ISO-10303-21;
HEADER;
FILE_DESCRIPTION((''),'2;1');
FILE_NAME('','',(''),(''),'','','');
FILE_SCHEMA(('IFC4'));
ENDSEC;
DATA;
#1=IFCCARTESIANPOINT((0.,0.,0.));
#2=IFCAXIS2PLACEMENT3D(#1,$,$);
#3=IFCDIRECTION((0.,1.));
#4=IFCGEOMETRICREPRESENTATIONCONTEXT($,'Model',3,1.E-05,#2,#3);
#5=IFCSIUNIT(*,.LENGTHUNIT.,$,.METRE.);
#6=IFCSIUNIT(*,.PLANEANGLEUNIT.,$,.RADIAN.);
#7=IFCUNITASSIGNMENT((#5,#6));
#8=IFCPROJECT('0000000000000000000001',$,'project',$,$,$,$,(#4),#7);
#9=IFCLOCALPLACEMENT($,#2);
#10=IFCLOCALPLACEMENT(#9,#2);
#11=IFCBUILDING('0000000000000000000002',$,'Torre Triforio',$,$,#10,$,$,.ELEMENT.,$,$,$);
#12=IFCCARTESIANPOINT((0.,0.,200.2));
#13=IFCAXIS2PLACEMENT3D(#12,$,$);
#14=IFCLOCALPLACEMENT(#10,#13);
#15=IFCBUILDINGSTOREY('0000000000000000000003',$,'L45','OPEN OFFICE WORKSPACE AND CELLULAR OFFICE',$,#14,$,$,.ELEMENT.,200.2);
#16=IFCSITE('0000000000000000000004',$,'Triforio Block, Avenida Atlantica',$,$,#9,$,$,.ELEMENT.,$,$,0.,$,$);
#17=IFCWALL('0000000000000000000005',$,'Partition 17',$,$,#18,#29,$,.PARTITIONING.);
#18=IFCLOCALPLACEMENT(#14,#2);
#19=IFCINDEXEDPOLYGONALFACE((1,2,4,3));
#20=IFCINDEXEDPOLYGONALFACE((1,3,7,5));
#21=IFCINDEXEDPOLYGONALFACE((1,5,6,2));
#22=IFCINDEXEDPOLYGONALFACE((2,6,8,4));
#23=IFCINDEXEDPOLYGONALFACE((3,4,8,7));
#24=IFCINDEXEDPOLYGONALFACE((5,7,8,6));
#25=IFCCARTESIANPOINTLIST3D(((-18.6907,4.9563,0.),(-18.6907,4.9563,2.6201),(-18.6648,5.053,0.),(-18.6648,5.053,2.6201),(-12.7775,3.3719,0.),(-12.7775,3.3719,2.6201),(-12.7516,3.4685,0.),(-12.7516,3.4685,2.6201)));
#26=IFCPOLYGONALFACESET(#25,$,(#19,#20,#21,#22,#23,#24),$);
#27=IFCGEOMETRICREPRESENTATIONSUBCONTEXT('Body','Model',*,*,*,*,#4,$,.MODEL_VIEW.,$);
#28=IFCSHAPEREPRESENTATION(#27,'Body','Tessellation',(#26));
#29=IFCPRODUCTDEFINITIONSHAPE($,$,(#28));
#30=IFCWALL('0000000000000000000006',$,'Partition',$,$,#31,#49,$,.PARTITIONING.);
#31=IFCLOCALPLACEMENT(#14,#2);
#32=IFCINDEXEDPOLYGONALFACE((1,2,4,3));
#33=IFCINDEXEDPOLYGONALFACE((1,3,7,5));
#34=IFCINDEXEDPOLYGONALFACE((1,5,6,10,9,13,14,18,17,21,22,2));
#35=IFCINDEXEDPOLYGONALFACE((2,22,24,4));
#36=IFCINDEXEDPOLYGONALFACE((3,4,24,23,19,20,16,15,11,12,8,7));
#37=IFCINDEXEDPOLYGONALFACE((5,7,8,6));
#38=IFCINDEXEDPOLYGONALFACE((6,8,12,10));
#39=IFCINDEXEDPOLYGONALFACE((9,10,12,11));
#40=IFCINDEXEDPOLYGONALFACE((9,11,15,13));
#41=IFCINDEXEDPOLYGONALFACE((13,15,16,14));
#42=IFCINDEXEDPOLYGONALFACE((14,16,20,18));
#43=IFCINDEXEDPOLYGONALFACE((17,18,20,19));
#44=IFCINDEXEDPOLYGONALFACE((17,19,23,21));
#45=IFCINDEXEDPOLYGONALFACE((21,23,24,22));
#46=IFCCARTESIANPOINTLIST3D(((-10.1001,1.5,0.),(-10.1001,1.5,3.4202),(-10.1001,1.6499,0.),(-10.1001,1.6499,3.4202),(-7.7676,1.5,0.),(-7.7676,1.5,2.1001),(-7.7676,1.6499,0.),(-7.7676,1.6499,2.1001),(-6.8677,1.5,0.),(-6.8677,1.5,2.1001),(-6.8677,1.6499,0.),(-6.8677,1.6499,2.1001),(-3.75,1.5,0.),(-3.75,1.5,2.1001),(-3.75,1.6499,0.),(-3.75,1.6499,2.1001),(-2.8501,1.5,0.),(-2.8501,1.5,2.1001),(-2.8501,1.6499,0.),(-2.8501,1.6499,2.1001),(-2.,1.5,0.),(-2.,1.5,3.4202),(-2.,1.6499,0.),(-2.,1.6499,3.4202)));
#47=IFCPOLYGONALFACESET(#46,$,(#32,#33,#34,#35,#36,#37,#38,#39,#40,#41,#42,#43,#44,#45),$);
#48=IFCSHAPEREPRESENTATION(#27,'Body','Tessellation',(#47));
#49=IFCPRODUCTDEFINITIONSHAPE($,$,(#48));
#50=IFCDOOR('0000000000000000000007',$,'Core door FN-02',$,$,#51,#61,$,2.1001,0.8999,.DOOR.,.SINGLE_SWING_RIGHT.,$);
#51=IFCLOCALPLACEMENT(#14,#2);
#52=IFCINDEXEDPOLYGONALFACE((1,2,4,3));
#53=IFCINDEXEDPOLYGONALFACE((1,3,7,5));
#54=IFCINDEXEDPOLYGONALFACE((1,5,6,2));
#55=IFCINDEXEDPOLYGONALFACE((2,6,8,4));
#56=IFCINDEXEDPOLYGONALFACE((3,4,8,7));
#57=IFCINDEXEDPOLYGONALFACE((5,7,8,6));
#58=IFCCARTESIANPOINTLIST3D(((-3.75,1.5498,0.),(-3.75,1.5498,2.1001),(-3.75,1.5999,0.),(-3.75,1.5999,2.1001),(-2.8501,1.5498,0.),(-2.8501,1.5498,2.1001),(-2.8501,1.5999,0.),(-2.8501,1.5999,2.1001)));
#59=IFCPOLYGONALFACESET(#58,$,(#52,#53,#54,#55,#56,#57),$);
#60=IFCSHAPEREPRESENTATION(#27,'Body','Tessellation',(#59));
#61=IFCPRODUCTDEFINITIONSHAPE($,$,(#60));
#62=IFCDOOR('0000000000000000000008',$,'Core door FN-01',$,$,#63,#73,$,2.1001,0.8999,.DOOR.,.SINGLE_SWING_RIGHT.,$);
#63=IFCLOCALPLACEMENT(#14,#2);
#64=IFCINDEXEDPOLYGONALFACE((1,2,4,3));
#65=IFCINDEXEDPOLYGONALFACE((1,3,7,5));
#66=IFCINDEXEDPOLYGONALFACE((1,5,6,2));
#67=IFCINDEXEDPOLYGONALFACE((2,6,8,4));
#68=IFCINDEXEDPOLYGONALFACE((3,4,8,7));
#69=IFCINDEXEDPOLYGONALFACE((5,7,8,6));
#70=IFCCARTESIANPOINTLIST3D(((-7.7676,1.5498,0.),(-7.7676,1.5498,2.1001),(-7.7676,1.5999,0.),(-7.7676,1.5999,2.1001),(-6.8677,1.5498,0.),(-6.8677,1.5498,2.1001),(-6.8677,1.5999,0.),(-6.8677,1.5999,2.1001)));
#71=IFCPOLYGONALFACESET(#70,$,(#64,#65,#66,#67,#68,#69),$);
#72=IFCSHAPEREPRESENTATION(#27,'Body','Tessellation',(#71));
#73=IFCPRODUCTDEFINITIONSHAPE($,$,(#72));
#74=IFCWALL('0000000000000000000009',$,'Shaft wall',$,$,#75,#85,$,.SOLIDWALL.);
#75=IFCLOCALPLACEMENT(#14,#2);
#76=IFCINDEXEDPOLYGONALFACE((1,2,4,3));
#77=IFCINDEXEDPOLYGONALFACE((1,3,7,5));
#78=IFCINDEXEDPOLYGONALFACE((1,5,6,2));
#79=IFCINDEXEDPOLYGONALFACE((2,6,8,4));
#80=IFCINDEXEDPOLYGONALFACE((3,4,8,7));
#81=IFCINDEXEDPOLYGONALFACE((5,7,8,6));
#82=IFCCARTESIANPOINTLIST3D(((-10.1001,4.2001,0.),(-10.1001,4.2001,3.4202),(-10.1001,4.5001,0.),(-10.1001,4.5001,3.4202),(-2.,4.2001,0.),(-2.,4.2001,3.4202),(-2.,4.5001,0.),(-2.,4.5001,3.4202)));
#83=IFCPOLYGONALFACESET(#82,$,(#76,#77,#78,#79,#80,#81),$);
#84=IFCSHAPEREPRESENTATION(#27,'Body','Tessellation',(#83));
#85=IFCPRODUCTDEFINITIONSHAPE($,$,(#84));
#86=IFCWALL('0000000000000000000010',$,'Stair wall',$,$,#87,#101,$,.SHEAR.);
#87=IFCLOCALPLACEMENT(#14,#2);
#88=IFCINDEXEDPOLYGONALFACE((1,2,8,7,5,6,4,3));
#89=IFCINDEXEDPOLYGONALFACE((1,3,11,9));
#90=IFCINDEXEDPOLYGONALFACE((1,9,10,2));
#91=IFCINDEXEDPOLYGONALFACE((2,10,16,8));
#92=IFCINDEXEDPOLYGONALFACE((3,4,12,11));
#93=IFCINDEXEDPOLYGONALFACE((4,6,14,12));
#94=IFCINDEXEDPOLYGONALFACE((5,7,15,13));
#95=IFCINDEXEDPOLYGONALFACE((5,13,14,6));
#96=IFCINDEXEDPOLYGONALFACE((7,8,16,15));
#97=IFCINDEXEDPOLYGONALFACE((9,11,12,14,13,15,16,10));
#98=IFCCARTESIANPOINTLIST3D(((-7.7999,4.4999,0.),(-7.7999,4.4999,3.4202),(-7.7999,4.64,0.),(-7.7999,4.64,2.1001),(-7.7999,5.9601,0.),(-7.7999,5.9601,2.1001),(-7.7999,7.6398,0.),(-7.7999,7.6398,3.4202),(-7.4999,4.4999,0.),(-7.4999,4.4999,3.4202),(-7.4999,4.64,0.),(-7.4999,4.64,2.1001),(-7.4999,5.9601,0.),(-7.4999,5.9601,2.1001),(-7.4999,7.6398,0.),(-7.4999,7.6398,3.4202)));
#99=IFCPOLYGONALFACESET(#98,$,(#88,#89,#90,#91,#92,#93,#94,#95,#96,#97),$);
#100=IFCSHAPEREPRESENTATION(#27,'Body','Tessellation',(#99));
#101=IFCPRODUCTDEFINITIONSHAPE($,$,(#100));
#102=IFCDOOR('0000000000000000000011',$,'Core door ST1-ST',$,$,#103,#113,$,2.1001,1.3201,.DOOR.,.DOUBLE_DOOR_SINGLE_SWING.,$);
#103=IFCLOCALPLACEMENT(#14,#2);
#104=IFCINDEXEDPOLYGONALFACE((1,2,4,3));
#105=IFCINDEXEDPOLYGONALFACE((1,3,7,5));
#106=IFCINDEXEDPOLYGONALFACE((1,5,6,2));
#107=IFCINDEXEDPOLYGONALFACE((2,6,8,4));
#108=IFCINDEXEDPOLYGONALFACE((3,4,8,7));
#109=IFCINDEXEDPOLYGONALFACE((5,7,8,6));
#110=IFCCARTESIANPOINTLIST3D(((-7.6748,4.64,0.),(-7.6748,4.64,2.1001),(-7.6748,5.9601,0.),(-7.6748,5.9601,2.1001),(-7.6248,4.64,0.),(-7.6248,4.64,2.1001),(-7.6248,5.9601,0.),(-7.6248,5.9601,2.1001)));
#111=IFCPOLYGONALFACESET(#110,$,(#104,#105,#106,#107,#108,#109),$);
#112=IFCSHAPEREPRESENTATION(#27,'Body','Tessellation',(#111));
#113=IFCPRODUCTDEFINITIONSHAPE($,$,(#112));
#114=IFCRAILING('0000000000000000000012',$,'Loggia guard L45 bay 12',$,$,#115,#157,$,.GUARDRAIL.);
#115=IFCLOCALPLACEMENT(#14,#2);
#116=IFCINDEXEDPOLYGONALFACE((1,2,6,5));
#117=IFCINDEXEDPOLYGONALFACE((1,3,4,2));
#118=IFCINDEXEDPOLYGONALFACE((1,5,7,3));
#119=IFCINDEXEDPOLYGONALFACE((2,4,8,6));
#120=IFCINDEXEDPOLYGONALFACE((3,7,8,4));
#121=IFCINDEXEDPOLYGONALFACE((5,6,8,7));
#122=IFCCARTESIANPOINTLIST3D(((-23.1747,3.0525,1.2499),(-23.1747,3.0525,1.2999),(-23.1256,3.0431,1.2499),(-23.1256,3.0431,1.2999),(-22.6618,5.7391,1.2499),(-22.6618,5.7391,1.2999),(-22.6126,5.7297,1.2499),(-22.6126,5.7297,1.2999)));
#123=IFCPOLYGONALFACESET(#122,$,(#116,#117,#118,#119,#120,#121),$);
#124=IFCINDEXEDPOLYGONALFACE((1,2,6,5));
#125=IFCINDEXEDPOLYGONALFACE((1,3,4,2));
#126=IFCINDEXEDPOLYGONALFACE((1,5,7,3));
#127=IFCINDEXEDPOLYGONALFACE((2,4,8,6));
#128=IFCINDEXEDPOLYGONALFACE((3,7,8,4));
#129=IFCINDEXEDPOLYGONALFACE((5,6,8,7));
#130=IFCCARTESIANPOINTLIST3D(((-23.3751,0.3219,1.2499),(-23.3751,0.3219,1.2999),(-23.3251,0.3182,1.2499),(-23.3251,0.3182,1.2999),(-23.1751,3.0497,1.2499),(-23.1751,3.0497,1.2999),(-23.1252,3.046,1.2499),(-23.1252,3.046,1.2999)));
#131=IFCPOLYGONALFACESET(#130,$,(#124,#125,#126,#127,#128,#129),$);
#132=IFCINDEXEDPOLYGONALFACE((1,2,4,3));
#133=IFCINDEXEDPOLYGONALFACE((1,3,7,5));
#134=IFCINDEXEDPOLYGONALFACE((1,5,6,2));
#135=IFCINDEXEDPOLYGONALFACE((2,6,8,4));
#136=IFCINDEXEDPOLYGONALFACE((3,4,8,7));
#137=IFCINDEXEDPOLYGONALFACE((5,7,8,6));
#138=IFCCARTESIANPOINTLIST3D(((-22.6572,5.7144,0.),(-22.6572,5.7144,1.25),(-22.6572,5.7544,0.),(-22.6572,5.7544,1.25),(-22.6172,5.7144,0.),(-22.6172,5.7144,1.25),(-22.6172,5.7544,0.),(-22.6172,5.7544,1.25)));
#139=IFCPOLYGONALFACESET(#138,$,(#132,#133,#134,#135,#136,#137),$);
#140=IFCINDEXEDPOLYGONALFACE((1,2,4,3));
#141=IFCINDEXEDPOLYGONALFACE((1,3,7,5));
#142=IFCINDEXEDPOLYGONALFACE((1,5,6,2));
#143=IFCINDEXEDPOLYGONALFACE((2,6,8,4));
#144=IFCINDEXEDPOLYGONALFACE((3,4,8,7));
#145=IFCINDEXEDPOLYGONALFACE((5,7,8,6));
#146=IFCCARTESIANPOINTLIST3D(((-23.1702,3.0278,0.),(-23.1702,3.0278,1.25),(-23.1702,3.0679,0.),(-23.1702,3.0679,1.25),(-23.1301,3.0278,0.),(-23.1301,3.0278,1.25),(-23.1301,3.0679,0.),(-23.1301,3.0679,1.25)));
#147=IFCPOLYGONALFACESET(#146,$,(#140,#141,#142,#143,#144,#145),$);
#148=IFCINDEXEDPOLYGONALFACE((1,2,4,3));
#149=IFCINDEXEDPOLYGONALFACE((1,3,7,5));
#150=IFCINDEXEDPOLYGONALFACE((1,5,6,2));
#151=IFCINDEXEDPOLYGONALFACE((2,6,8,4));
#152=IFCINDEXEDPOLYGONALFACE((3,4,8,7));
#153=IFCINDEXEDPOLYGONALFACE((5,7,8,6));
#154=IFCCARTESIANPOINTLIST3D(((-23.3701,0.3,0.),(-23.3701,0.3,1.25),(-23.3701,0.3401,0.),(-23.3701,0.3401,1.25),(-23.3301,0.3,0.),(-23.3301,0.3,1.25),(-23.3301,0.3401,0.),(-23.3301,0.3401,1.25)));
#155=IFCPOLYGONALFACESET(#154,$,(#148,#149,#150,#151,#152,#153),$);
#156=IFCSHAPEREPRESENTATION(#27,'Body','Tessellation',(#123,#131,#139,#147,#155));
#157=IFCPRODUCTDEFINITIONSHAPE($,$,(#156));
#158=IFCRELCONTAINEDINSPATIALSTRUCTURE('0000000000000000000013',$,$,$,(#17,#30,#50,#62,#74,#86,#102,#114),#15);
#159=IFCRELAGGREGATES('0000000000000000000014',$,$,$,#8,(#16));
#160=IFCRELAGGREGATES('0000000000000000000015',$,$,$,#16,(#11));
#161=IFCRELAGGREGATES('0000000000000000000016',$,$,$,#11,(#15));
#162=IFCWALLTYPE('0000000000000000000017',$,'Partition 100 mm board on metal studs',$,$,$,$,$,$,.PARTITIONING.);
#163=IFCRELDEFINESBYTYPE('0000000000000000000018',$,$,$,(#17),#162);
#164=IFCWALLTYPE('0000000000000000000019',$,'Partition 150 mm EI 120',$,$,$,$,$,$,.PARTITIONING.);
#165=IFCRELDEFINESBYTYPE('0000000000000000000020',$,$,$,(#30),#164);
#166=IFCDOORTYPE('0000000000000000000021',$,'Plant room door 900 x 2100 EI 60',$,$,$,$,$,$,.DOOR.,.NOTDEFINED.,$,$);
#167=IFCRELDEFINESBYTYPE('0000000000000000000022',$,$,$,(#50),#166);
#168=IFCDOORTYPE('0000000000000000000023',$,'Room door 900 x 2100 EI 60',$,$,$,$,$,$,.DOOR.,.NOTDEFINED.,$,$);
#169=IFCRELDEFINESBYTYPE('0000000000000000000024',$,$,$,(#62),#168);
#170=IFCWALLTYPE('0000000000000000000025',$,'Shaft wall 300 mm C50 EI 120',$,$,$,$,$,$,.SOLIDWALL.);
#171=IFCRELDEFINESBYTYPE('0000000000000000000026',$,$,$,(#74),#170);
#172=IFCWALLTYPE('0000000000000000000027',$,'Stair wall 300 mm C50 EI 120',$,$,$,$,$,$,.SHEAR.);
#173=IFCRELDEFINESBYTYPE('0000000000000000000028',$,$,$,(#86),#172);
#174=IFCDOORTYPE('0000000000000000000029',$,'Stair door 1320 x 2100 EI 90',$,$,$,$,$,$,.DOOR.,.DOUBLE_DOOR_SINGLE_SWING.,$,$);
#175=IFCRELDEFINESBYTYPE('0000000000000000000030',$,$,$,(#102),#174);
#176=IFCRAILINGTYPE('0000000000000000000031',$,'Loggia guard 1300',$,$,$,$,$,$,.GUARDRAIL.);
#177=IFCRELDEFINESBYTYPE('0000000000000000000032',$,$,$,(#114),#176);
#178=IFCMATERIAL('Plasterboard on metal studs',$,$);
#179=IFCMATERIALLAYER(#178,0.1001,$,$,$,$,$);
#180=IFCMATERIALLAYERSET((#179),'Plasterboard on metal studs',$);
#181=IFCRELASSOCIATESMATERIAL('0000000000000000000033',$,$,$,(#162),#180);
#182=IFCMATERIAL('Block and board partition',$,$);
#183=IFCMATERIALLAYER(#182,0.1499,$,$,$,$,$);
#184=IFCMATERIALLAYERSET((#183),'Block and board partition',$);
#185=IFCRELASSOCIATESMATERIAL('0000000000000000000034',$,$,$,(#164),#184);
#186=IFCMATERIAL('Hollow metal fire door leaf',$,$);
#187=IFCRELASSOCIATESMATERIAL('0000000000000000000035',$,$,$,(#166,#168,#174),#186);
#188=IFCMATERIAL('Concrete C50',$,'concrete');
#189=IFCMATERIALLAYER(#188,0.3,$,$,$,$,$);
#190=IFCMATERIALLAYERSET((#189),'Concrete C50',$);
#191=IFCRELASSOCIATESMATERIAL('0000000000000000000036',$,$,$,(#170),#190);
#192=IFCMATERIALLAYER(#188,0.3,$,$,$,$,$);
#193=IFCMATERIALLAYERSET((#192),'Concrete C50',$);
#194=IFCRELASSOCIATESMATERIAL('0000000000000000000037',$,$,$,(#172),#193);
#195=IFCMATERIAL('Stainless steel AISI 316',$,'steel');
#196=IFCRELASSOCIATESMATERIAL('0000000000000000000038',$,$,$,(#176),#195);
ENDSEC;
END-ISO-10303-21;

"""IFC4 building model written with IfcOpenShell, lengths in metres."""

from ifc_helpers import new_model, si_unit, direction, frame, frame_2d, origin, origin_2d, place, context, subcontext, project, spatial, rectangle, extrude, material, layer, layer_set, type_object, element, fill, save


model = new_model("IFC4")

# Units and contexts
model_context = context("Model", 3, precision=1e-05, world=origin(), true_north=direction((0.0, 1.0)))
body_context = subcontext(model_context, "Body", "Model", "MODEL_VIEW")
ifc_project = project(units=[si_unit("LENGTHUNIT", "METRE"), si_unit("PLANEANGLEUNIT", "RADIAN")], contexts=[model_context])

# Site, building, storey
site_placement = place(None, origin())
site = spatial("IfcSite", under=ifc_project, at=site_placement, Name="Triforio Block, Avenida Atlantica", CompositionType="ELEMENT", RefElevation=0.0)
building_placement = place(site_placement, origin())
building = spatial("IfcBuilding", under=site, at=building_placement, Name="Torre Triforio", CompositionType="ELEMENT")
storey_placement = place(building_placement, frame((0.0, 0.0, 200.2)))
storey = spatial("IfcBuildingStorey", under=building, at=storey_placement, Name="L45", Description="OPEN OFFICE WORKSPACE AND CELLULAR OFFICE", CompositionType="ELEMENT", Elevation=200.2)

# Shared definitions
ifc_material_1 = material(Name="Concrete C50", Category="concrete")

# Shared definitions
ifc_material_2 = material(Name="Hollow metal fire door leaf")

# Shared definitions
ifc_material_3 = material(Name="Plasterboard on metal studs")

# Wall
ifc_layer_1 = layer(ifc_material_3, 0.1001)
ifc_layer_set_1 = layer_set([ifc_layer_1], Name="Plasterboard on metal studs")
wall_type_1 = type_object("IfcWallType", Name="Partition 100 mm board on metal studs", PredefinedType="PARTITIONING", material=ifc_layer_set_1)
wall_1_placement = place(storey_placement, frame((-12.7644, 3.4202, 0.0), z_axis=(0.0, 0.0, 1.0), x_axis=(-0.965926, 0.258819, 0.0)))
element("IfcWall", 1, at=wall_1_placement, inside=storey, type_object=wall_type_1, Name="Partition 17", PredefinedType="PARTITIONING", context=body_context, shape_type="SweptSolid", body=[
    extrude(rectangle(XDim=6.1218, YDim=0.1001, at=frame_2d((3.061, 0.0))), origin(), (0.0, 0.0, 1.0), 2.6201),
])

# Wall, openings, doors
ifc_material_4 = material(Name="Block and board partition")
ifc_layer_2 = layer(ifc_material_4, 0.1499)
ifc_layer_set_2 = layer_set([ifc_layer_2], Name="Block and board partition")
wall_type_2 = type_object("IfcWallType", Name="Partition 150 mm EI 120", PredefinedType="PARTITIONING", material=ifc_layer_set_2)
wall_2_placement = place(storey_placement, frame((-10.1001, 1.575, 0.0), z_axis=(0.0, 0.0, 1.0), x_axis=(1.0, 0.0, 0.0)))
wall_2 = element("IfcWall", 2, at=wall_2_placement, inside=storey, type_object=wall_type_2, Name="Partition", PredefinedType="PARTITIONING", context=body_context, shape_type="SweptSolid", body=[
    extrude(rectangle(XDim=8.1001, YDim=0.1499, at=frame_2d((4.05, 0.0))), origin(), (0.0, 0.0, 1.0), 3.4202),
])
opening_1_placement = place(wall_2_placement, frame((2.3325, 0.0, 0.0)))
opening_1 = element("IfcOpeningElement", 3, at=opening_1_placement, cuts=wall_2, PredefinedType="OPENING", context=body_context, shape_type="SweptSolid", body=[
    extrude(rectangle(XDim=0.8999, YDim=2.1001, at=frame_2d((0.45, 1.05))), frame((0.0, 0.085, 0.0), z_axis=(0.0, -1.0, 0.0), x_axis=(1.0, 0.0, 0.0)), (0.0, 0.0, 1.0), 0.1699),
])
opening_2_placement = place(wall_2_placement, frame((6.3501, 0.0, 0.0)))
opening_2 = element("IfcOpeningElement", 4, at=opening_2_placement, cuts=wall_2, PredefinedType="OPENING", context=body_context, shape_type="SweptSolid", body=[
    extrude(rectangle(XDim=0.8999, YDim=2.1001, at=frame_2d((0.45, 1.05))), frame((0.0, 0.085, 0.0), z_axis=(0.0, -1.0, 0.0), x_axis=(1.0, 0.0, 0.0)), (0.0, 0.0, 1.0), 0.1699),
])
door_type_1 = type_object("IfcDoorType", Name="Plant room door 900 x 2100 EI 60", OperationType="NOTDEFINED", PredefinedType="DOOR", material=ifc_material_2)
door_1_placement = place(opening_2_placement, origin())
door_1 = element("IfcDoor", 5, at=door_1_placement, inside=storey, type_object=door_type_1, Name="Core door FN-02", OperationType="SINGLE_SWING_RIGHT", OverallHeight=2.1001, OverallWidth=0.8999, PredefinedType="DOOR", context=body_context, shape_type="SweptSolid", body=[
    extrude(rectangle(XDim=0.8999, YDim=2.1001, at=frame_2d((0.45, 1.05))), frame((0.0, 0.0249, 0.0), z_axis=(0.0, -1.0, 0.0), x_axis=(1.0, 0.0, 0.0)), (0.0, 0.0, 1.0), 0.05),
])
fill(opening_2, door_1)
door_type_2 = type_object("IfcDoorType", Name="Room door 900 x 2100 EI 60", OperationType="NOTDEFINED", PredefinedType="DOOR", material=ifc_material_2)
door_2_placement = place(opening_1_placement, origin())
door_2 = element("IfcDoor", 6, at=door_2_placement, inside=storey, type_object=door_type_2, Name="Core door FN-01", OperationType="SINGLE_SWING_RIGHT", OverallHeight=2.1001, OverallWidth=0.8999, PredefinedType="DOOR", context=body_context, shape_type="SweptSolid", body=[
    extrude(rectangle(XDim=0.8999, YDim=2.1001, at=frame_2d((0.45, 1.05))), frame((0.0, 0.0249, 0.0), z_axis=(0.0, -1.0, 0.0), x_axis=(1.0, 0.0, 0.0)), (0.0, 0.0, 1.0), 0.05),
])
fill(opening_1, door_2)

# Wall
ifc_layer_3 = layer(ifc_material_1, 0.3)
ifc_layer_set_3 = layer_set([ifc_layer_3], Name="Concrete C50")
wall_type_3 = type_object("IfcWallType", Name="Shaft wall 300 mm C50 EI 120", PredefinedType="SOLIDWALL", material=ifc_layer_set_3)
wall_3_placement = place(storey_placement, frame((-10.1001, 4.3501, 0.0), z_axis=(0.0, 0.0, 1.0), x_axis=(1.0, 0.0, 0.0)))
element("IfcWall", 7, at=wall_3_placement, inside=storey, type_object=wall_type_3, Name="Shaft wall", PredefinedType="SOLIDWALL", context=body_context, shape_type="SweptSolid", body=[
    extrude(rectangle(XDim=8.1001, YDim=0.3, at=frame_2d((4.05, 0.0))), origin(), (0.0, 0.0, 1.0), 3.4202),
])

# Wall, opening, door
ifc_layer_4 = layer(ifc_material_1, 0.3)
ifc_layer_set_4 = layer_set([ifc_layer_4], Name="Concrete C50")
wall_type_4 = type_object("IfcWallType", Name="Stair wall 300 mm C50 EI 120", PredefinedType="SHEAR", material=ifc_layer_set_4)
wall_4_placement = place(storey_placement, frame((-7.6499, 4.5, 0.0), z_axis=(0.0, 0.0, 1.0), x_axis=(0.0, 1.0, 0.0)))
wall_4 = element("IfcWall", 8, at=wall_4_placement, inside=storey, type_object=wall_type_4, Name="Stair wall", PredefinedType="SHEAR", context=body_context, shape_type="SweptSolid", body=[
    extrude(rectangle(XDim=3.1399, YDim=0.3, at=frame_2d((1.5698, 0.0))), origin(), (0.0, 0.0, 1.0), 3.4202),
])
opening_3_placement = place(wall_4_placement, frame((0.1399, 0.0, 0.0)))
opening_3 = element("IfcOpeningElement", 9, at=opening_3_placement, cuts=wall_4, PredefinedType="OPENING", context=body_context, shape_type="SweptSolid", body=[
    extrude(rectangle(XDim=1.3201, YDim=2.1001, at=frame_2d((0.6602, 1.05))), frame((0.0, 0.1599, 0.0), z_axis=(0.0, -1.0, 0.0), x_axis=(1.0, 0.0, 0.0)), (0.0, 0.0, 1.0), 0.3201),
])
door_type_3 = type_object("IfcDoorType", Name="Stair door 1320 x 2100 EI 90", OperationType="DOUBLE_DOOR_SINGLE_SWING", PredefinedType="DOOR", material=ifc_material_2)
door_3_placement = place(opening_3_placement, origin())
door_3 = element("IfcDoor", 10, at=door_3_placement, inside=storey, type_object=door_type_3, Name="Core door ST1-ST", OperationType="DOUBLE_DOOR_SINGLE_SWING", OverallHeight=2.1001, OverallWidth=1.3201, PredefinedType="DOOR", context=body_context, shape_type="SweptSolid", body=[
    extrude(rectangle(XDim=1.3201, YDim=2.1001, at=frame_2d((0.6602, 1.05))), frame((0.0, 0.0249, 0.0), z_axis=(0.0, -1.0, 0.0), x_axis=(1.0, 0.0, 0.0)), (0.0, 0.0, 1.0), 0.05),
])
fill(opening_3, door_3)

# Railing
ifc_material_5 = material(Name="Stainless steel AISI 316", Category="steel")
railing_type = type_object("IfcRailingType", Name="Loggia guard 1300", PredefinedType="GUARDRAIL", material=ifc_material_5)
railing_placement = place(storey_placement, frame((-22.6372, 5.7344, 0.0)))
element("IfcRailing", 11, at=railing_placement, inside=storey, type_object=railing_type, Name="Loggia guard L45 bay 12", PredefinedType="GUARDRAIL", context=body_context, shape_type="SweptSolid", body=[
    extrude(rectangle(XDim=0.05, YDim=0.05, at=origin_2d()), frame((0.0, 0.0, 1.2749), z_axis=(-0.187543, -0.982256, 0.0), x_axis=(0.982256, -0.187543, 0.0)), (0.0, 0.0, 1.0), 2.7351),
    extrude(rectangle(XDim=0.05, YDim=0.05, at=origin_2d()), frame((-0.5129, -2.6865, 1.2749), z_axis=(-0.073106, -0.997324, 0.0), x_axis=(0.997324, -0.073106, 0.0)), (0.0, 0.0, 1.0), 2.7351),
    extrude(rectangle(XDim=0.04, YDim=0.04, at=origin_2d()), origin(), (0.0, 0.0, 1.0), 1.25),
    extrude(rectangle(XDim=0.04, YDim=0.04, at=origin_2d()), frame((-0.5129, -2.6865, 0.0)), (0.0, 0.0, 1.0), 1.25),
    extrude(rectangle(XDim=0.04, YDim=0.04, at=origin_2d()), frame((-0.7129, -5.4143, 0.0)), (0.0, 0.0, 1.0), 1.25),
])

save(model, "model.ifc")
